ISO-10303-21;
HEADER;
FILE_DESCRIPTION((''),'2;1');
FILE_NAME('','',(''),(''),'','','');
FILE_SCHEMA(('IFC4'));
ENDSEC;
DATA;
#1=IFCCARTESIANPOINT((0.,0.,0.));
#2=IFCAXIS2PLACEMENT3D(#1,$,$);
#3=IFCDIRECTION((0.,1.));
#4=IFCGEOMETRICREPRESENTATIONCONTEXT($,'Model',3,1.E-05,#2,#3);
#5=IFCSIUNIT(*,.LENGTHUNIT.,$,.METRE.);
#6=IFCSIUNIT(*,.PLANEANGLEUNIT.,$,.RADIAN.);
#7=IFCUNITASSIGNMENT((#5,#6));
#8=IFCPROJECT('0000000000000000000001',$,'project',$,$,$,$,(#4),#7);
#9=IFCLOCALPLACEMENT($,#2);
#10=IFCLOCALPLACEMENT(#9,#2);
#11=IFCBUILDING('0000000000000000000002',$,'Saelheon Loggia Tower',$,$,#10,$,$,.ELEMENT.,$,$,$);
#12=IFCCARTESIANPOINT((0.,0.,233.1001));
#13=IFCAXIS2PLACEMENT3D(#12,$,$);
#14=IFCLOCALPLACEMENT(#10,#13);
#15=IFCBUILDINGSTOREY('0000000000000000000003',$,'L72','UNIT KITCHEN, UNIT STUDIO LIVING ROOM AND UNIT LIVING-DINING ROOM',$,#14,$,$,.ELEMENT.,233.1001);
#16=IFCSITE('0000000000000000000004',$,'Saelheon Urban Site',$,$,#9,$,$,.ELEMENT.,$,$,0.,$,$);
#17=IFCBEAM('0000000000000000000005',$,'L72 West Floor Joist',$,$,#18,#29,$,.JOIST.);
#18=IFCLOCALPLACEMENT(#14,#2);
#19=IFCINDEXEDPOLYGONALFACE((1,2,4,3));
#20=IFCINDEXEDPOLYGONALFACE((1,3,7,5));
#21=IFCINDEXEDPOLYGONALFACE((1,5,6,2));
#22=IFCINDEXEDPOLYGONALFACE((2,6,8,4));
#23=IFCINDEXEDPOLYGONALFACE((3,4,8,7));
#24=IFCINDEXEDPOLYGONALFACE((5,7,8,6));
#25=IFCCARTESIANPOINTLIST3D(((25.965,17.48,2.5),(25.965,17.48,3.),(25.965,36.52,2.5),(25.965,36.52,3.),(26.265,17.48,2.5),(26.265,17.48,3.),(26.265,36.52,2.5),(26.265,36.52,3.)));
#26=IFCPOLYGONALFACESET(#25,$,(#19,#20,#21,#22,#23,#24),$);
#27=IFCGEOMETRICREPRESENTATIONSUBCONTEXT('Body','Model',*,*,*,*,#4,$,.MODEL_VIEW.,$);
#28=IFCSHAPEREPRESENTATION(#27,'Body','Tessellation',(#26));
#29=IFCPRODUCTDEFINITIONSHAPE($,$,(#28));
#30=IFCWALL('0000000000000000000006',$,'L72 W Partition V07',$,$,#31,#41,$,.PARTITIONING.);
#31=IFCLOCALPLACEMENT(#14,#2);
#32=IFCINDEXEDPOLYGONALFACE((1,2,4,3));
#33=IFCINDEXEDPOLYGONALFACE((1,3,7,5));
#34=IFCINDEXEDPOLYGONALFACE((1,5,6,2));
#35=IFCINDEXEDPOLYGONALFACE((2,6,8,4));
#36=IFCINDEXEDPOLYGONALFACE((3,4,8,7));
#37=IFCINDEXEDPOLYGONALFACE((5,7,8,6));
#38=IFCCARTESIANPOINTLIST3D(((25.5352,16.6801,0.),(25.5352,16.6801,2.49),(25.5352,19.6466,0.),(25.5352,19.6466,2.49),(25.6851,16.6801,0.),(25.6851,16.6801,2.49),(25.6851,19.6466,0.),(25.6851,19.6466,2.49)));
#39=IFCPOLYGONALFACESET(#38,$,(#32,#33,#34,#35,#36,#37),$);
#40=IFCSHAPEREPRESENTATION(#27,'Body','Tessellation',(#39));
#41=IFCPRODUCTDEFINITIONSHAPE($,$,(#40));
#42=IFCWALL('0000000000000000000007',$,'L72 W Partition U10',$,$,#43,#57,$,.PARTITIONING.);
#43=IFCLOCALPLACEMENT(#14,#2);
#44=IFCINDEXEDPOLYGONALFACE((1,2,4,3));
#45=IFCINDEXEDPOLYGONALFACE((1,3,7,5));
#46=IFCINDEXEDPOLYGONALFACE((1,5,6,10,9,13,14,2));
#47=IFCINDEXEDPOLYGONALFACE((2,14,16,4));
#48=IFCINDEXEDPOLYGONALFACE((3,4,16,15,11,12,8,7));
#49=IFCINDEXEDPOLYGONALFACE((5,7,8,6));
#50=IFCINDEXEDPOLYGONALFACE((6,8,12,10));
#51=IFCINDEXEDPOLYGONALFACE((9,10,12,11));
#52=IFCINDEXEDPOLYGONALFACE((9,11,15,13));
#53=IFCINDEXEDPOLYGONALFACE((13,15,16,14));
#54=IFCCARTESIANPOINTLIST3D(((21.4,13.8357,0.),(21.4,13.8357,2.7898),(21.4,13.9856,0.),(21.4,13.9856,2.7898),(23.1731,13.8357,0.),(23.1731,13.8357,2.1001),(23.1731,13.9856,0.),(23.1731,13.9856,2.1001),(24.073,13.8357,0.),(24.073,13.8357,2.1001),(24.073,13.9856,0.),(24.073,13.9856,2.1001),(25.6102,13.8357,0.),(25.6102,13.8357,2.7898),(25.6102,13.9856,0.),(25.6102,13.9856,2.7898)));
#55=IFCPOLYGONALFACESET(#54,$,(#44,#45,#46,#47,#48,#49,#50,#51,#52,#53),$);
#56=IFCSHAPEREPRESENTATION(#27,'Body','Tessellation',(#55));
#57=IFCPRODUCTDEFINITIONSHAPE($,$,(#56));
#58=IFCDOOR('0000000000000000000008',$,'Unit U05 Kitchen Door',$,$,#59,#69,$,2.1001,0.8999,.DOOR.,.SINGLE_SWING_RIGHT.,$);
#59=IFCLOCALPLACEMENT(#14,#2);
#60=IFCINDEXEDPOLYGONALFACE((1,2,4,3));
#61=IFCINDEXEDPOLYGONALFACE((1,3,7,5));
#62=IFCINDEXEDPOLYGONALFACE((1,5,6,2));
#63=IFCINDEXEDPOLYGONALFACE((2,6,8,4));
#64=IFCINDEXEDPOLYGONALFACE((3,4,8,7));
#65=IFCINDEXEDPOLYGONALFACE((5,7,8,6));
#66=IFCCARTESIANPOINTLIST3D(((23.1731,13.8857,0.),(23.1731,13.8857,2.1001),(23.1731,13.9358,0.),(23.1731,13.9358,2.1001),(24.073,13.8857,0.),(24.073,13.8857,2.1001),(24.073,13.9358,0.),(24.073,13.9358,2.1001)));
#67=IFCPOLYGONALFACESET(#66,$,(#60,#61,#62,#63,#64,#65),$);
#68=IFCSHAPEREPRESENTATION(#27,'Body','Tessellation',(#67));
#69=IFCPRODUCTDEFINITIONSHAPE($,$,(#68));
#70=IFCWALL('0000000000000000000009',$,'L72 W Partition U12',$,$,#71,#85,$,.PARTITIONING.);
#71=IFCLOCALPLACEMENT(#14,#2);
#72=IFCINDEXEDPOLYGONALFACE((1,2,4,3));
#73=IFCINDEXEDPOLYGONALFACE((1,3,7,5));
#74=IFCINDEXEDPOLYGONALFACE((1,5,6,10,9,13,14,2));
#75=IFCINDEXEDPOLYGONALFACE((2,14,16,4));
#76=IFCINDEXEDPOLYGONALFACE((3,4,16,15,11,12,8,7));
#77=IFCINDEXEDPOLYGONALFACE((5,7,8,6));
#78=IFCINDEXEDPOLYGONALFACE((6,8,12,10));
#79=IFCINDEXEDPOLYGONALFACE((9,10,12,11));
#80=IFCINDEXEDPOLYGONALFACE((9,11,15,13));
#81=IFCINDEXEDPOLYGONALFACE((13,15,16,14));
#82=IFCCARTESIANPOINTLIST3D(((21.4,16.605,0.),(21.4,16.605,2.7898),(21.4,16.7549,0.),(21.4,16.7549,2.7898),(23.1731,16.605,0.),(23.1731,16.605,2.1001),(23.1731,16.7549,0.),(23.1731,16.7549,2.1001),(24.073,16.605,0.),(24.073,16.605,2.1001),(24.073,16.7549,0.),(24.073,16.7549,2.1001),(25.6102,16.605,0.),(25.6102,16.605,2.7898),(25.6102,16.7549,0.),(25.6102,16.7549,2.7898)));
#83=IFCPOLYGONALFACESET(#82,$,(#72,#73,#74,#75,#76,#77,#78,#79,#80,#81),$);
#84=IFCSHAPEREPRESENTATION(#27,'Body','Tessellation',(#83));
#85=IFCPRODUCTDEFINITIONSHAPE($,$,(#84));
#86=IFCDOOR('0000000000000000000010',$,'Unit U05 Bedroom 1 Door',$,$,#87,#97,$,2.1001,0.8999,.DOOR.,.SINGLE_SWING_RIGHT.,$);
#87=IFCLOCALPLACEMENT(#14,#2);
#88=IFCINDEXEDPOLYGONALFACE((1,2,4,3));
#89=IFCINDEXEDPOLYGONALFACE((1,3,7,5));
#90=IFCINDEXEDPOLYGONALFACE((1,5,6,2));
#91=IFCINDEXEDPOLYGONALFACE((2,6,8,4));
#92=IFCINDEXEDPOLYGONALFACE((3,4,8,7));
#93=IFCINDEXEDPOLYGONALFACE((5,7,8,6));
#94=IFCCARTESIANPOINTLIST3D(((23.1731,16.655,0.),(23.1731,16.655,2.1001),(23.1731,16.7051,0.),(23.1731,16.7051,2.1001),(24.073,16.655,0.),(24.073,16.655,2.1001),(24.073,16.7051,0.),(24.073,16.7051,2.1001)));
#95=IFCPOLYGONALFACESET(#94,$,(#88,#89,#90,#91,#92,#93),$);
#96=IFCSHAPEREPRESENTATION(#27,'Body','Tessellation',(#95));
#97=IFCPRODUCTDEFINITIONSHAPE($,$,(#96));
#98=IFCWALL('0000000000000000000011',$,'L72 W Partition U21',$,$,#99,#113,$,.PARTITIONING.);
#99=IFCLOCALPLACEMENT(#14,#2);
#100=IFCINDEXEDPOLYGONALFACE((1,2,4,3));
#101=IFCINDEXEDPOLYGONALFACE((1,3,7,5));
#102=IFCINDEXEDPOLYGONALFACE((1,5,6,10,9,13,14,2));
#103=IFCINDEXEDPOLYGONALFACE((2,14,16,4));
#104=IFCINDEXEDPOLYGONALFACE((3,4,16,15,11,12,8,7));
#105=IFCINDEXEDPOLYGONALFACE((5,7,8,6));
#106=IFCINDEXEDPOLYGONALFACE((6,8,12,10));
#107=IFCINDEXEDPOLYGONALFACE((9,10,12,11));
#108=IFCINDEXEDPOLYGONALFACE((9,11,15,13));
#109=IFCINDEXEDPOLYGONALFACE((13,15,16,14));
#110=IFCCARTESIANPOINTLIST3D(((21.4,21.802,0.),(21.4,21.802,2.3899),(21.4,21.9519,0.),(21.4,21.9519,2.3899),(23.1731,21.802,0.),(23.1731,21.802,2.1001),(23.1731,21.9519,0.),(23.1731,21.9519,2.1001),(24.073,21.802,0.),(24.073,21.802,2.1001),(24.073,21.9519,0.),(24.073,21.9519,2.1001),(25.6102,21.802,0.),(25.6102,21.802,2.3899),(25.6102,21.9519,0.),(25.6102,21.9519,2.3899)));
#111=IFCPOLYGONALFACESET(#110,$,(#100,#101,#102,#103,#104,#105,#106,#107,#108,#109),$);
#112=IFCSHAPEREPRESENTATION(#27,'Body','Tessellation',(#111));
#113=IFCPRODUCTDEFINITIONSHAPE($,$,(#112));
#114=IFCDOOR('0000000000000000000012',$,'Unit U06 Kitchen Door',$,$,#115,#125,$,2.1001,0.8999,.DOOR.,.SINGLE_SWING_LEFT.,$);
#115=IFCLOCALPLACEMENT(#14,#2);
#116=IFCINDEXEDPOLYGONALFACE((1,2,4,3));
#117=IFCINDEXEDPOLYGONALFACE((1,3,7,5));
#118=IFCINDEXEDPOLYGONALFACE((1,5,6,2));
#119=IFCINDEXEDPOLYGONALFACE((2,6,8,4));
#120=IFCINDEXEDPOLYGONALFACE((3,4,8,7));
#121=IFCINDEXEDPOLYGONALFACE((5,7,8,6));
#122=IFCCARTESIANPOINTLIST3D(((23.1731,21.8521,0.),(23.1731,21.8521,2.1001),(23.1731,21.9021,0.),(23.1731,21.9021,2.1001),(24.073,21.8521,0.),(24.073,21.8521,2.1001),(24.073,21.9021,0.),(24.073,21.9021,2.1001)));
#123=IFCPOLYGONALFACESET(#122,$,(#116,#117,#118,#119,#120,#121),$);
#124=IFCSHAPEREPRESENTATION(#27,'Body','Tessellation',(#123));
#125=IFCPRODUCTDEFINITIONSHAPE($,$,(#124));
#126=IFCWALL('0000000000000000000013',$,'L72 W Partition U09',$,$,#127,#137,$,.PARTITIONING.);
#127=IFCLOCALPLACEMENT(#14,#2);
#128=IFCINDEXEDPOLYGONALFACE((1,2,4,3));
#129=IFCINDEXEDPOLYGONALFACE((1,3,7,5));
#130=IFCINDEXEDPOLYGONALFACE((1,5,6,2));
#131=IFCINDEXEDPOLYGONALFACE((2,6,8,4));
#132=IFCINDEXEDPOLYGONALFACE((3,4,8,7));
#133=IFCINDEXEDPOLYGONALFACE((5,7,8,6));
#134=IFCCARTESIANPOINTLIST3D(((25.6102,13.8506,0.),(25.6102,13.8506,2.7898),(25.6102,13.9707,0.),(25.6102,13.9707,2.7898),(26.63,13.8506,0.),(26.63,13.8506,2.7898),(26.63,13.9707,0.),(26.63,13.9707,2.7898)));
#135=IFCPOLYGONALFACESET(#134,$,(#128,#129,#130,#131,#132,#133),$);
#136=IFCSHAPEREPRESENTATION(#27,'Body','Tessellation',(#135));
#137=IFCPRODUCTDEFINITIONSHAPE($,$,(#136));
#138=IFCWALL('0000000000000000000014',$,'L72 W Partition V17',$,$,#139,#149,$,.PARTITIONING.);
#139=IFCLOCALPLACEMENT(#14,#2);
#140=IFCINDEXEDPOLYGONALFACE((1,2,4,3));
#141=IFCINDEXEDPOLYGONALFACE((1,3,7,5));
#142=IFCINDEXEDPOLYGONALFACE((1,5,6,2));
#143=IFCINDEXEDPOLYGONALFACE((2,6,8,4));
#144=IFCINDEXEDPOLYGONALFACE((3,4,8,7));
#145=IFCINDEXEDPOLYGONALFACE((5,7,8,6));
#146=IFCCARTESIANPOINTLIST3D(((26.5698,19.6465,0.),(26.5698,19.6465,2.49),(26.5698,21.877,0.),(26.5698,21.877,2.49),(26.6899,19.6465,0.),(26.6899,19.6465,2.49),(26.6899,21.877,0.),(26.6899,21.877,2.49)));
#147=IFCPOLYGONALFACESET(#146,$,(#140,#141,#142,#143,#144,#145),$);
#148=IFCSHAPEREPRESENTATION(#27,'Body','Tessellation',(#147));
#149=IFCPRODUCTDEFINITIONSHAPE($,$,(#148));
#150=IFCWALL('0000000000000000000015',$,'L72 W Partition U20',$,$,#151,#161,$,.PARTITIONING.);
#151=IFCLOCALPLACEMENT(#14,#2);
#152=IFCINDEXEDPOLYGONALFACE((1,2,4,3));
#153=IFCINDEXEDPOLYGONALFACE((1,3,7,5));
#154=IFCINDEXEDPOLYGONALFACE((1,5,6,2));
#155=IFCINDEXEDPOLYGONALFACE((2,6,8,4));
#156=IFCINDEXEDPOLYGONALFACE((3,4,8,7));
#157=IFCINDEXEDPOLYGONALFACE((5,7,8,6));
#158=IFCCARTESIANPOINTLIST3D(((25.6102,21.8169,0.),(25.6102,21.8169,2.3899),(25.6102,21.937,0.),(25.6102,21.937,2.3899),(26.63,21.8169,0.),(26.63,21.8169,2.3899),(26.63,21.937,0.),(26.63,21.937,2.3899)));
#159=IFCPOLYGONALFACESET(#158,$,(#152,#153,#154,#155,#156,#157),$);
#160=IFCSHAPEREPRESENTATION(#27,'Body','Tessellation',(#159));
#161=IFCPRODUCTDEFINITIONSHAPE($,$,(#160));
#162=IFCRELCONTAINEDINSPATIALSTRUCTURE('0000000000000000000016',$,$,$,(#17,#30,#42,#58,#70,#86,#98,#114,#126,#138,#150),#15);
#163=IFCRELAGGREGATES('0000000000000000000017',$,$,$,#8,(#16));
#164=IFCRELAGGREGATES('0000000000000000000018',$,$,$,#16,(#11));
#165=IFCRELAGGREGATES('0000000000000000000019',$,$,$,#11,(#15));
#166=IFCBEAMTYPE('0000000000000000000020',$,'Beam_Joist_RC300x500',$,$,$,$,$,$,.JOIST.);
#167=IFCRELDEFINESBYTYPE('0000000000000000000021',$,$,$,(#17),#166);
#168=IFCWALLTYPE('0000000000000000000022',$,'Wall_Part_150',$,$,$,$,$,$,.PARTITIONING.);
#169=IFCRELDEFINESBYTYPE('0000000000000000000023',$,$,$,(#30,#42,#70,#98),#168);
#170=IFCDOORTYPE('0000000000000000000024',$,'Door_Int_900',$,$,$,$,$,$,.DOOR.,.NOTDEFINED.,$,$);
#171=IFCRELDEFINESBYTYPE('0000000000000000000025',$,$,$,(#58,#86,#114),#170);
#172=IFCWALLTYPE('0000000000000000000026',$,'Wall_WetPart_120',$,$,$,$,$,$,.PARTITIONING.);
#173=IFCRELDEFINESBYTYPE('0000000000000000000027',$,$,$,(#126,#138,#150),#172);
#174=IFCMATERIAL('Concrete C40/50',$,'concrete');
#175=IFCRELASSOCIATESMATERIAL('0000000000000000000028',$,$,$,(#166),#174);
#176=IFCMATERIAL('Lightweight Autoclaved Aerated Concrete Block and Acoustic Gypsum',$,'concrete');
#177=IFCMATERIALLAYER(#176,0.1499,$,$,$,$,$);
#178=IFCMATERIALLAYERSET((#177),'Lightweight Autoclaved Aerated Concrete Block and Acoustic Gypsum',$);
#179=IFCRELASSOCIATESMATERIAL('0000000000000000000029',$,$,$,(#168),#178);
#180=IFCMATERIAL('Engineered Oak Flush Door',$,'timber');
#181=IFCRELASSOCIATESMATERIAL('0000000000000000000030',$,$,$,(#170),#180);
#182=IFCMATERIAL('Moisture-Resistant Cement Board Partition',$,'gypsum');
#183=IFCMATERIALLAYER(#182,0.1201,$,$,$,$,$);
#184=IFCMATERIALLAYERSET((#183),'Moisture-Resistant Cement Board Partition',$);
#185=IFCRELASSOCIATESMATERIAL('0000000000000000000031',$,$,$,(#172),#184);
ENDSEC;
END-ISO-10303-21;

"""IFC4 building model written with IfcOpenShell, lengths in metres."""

from ifc_helpers import new_model, si_unit, direction, frame, frame_2d, origin, origin_2d, place, context, subcontext, project, spatial, rectangle, extrude, source, transform, mapped, material, layer, layer_set, material_profile, profile_set, type_object, element, fill, save


model = new_model("IFC4")

# Units and contexts
model_context = context("Model", 3, precision=1e-05, world=origin(), true_north=direction((0.0, 1.0)))
body_context = subcontext(model_context, "Body", "Model", "MODEL_VIEW")
ifc_project = project(units=[si_unit("LENGTHUNIT", "METRE"), si_unit("PLANEANGLEUNIT", "RADIAN")], contexts=[model_context])

# Site, building, storey
site_placement = place(None, origin())
site = spatial("IfcSite", under=ifc_project, at=site_placement, Name="Saelheon Urban Site", CompositionType="ELEMENT", RefElevation=0.0)
building_placement = place(site_placement, origin())
building = spatial("IfcBuilding", under=site, at=building_placement, Name="Saelheon Loggia Tower", CompositionType="ELEMENT")
storey_placement = place(building_placement, frame((0.0, 0.0, 233.1001)))
storey = spatial("IfcBuildingStorey", under=building, at=storey_placement, Name="L72", Description="UNIT KITCHEN, UNIT STUDIO LIVING ROOM AND UNIT LIVING-DINING ROOM", CompositionType="ELEMENT", Elevation=233.1001)

# Beam
ifc_material_1 = material(Name="Concrete C40/50", Category="concrete")
ifc_material_profile = material_profile(ifc_material_1, rectangle(XDim=0.3, YDim=0.5, at=origin_2d()), Name="RC-300x500")
ifc_profile_set = profile_set([ifc_material_profile], Name="Concrete C40/50")
beam_type = type_object("IfcBeamType", Name="Beam_Joist_RC300x500", PredefinedType="JOIST", material=ifc_profile_set)
shared_shape_1 = source(origin(), body_context, "Body", "SweptSolid", [
    extrude(rectangle(XDim=0.3, YDim=0.5, at=origin_2d()), origin(), (0.0, 0.0, 1.0), 19.04),
])
beam_placement = place(storey_placement, frame((26.115, 17.48, 2.75), z_axis=(0.0, 1.0, 0.0), x_axis=(-1.0, 0.0, 0.0)))
element("IfcBeam", 1, at=beam_placement, inside=storey, type_object=beam_type, Name="L72 West Floor Joist", PredefinedType="JOIST", context=body_context, shape_type="MappedRepresentation", body=[
    mapped(shared_shape_1, transform((0.0, 0.0, 0.0), scale=1.0)),
])

# Wall
ifc_material_2 = material(Name="Lightweight Autoclaved Aerated Concrete Block and Acoustic Gypsum", Category="concrete")
ifc_layer_1 = layer(ifc_material_2, 0.1499)
ifc_layer_set_1 = layer_set([ifc_layer_1], Name="Lightweight Autoclaved Aerated Concrete Block and Acoustic Gypsum")
wall_type_1 = type_object("IfcWallType", Name="Wall_Part_150", PredefinedType="PARTITIONING", material=ifc_layer_set_1)
wall_1_placement = place(storey_placement, frame((25.6101, 16.6799, 0.0), z_axis=(0.0, 0.0, 1.0), x_axis=(0.0, 1.0, 0.0)))
element("IfcWall", 2, at=wall_1_placement, inside=storey, type_object=wall_type_1, Name="L72 W Partition V07", PredefinedType="PARTITIONING", context=body_context, shape_type="SweptSolid", body=[
    extrude(rectangle(XDim=2.9666, YDim=0.1499, at=frame_2d((1.4834, 0.0))), origin(), (0.0, 0.0, 1.0), 2.49),
])

# Walls, openings, doors
wall_2_placement = place(storey_placement, frame((25.6101, 13.9106, 0.0), z_axis=(0.0, 0.0, 1.0), x_axis=(-1.0, 0.0, 0.0)))
wall_2 = element("IfcWall", 3, at=wall_2_placement, inside=storey, type_object=wall_type_1, Name="L72 W Partition U10", PredefinedType="PARTITIONING", context=body_context, shape_type="SweptSolid", body=[
    extrude(rectangle(XDim=4.2102, YDim=0.1499, at=frame_2d((2.105, 0.0))), origin(), (0.0, 0.0, 1.0), 2.7898),
])
opening_1_placement = place(wall_2_placement, frame((1.5371, 0.0, 0.0)))
opening_1 = element("IfcOpeningElement", 4, at=opening_1_placement, cuts=wall_2, PredefinedType="OPENING", context=body_context, shape_type="SweptSolid", body=[
    extrude(rectangle(XDim=0.8999, YDim=2.1001, at=frame_2d((0.45, 1.05))), frame((0.0, 0.0869, 0.0), z_axis=(0.0, -1.0, 0.0), x_axis=(1.0, 0.0, 0.0)), (0.0, 0.0, 1.0), 0.1738),
])
ifc_material_3 = material(Name="Engineered Oak Flush Door", Category="timber")
door_type = type_object("IfcDoorType", Name="Door_Int_900", OperationType="NOTDEFINED", PredefinedType="DOOR", material=ifc_material_3)
shared_shape_2 = source(origin(), body_context, "Body", "SweptSolid", [
    extrude(rectangle(XDim=0.8999, YDim=2.1001, at=frame_2d((0.45, 1.05))), frame((0.0, 0.0249, 0.0), z_axis=(0.0, -1.0, 0.0), x_axis=(1.0, 0.0, 0.0)), (0.0, 0.0, 1.0), 0.05),
])
door_1_placement = place(opening_1_placement, origin())
door_1 = element("IfcDoor", 5, at=door_1_placement, inside=storey, type_object=door_type, Name="Unit U05 Kitchen Door", OperationType="SINGLE_SWING_RIGHT", OverallHeight=2.1001, OverallWidth=0.8999, PredefinedType="DOOR", context=body_context, shape_type="MappedRepresentation", body=[
    mapped(shared_shape_2, transform((0.0, 0.0, 0.0), scale=1.0)),
])
fill(opening_1, door_1)
wall_3_placement = place(storey_placement, frame((25.6101, 16.6799, 0.0), z_axis=(0.0, 0.0, 1.0), x_axis=(-1.0, 0.0, 0.0)))
wall_3 = element("IfcWall", 6, at=wall_3_placement, inside=storey, type_object=wall_type_1, Name="L72 W Partition U12", PredefinedType="PARTITIONING", context=body_context, shape_type="SweptSolid", body=[
    extrude(rectangle(XDim=4.2102, YDim=0.1499, at=frame_2d((2.105, 0.0))), origin(), (0.0, 0.0, 1.0), 2.7898),
])
opening_2_placement = place(wall_3_placement, frame((1.5371, 0.0, 0.0)))
opening_2 = element("IfcOpeningElement", 7, at=opening_2_placement, cuts=wall_3, PredefinedType="OPENING", context=body_context, shape_type="SweptSolid", body=[
    extrude(rectangle(XDim=0.8999, YDim=2.1001, at=frame_2d((0.45, 1.05))), frame((0.0, 0.0869, 0.0), z_axis=(0.0, -1.0, 0.0), x_axis=(1.0, 0.0, 0.0)), (0.0, 0.0, 1.0), 0.1738),
])
door_2_placement = place(opening_2_placement, origin())
door_2 = element("IfcDoor", 8, at=door_2_placement, inside=storey, type_object=door_type, Name="Unit U05 Bedroom 1 Door", OperationType="SINGLE_SWING_RIGHT", OverallHeight=2.1001, OverallWidth=0.8999, PredefinedType="DOOR", context=body_context, shape_type="MappedRepresentation", body=[
    mapped(shared_shape_2, transform((0.0, 0.0, 0.0), scale=1.0)),
])
fill(opening_2, door_2)
wall_4_placement = place(storey_placement, frame((25.6101, 21.877, 0.0), z_axis=(0.0, 0.0, 1.0), x_axis=(-1.0, 0.0, 0.0)))
wall_4 = element("IfcWall", 9, at=wall_4_placement, inside=storey, type_object=wall_type_1, Name="L72 W Partition U21", PredefinedType="PARTITIONING", context=body_context, shape_type="SweptSolid", body=[
    extrude(rectangle(XDim=4.2102, YDim=0.1499, at=frame_2d((2.105, 0.0))), origin(), (0.0, 0.0, 1.0), 2.3899),
])
opening_3_placement = place(wall_4_placement, frame((1.5371, 0.0, 0.0)))
opening_3 = element("IfcOpeningElement", 10, at=opening_3_placement, cuts=wall_4, PredefinedType="OPENING", context=body_context, shape_type="SweptSolid", body=[
    extrude(rectangle(XDim=0.8999, YDim=2.1001, at=frame_2d((0.45, 1.05))), frame((0.0, 0.0869, 0.0), z_axis=(0.0, -1.0, 0.0), x_axis=(1.0, 0.0, 0.0)), (0.0, 0.0, 1.0), 0.1738),
])
door_3_placement = place(opening_3_placement, origin())
door_3 = element("IfcDoor", 11, at=door_3_placement, inside=storey, type_object=door_type, Name="Unit U06 Kitchen Door", OperationType="SINGLE_SWING_LEFT", OverallHeight=2.1001, OverallWidth=0.8999, PredefinedType="DOOR", context=body_context, shape_type="MappedRepresentation", body=[
    mapped(shared_shape_2, transform((0.0, 0.0, 0.0), scale=1.0)),
])
fill(opening_3, door_3)

# Walls
ifc_material_4 = material(Name="Moisture-Resistant Cement Board Partition", Category="gypsum")
ifc_layer_2 = layer(ifc_material_4, 0.1201)
ifc_layer_set_2 = layer_set([ifc_layer_2], Name="Moisture-Resistant Cement Board Partition")
wall_type_2 = type_object("IfcWallType", Name="Wall_WetPart_120", PredefinedType="PARTITIONING", material=ifc_layer_set_2)
wall_5_placement = place(storey_placement, frame((26.6299, 13.9106, 0.0), z_axis=(0.0, 0.0, 1.0), x_axis=(-1.0, 0.0, 0.0)))
element("IfcWall", 12, at=wall_5_placement, inside=storey, type_object=wall_type_2, Name="L72 W Partition U09", PredefinedType="PARTITIONING", context=body_context, shape_type="SweptSolid", body=[
    extrude(rectangle(XDim=1.0198, YDim=0.1201, at=frame_2d((0.5098, 0.0))), origin(), (0.0, 0.0, 1.0), 2.7898),
])
wall_6_placement = place(storey_placement, frame((26.6299, 19.6465, 0.0), z_axis=(0.0, 0.0, 1.0), x_axis=(0.0, 1.0, 0.0)))
element("IfcWall", 13, at=wall_6_placement, inside=storey, type_object=wall_type_2, Name="L72 W Partition V17", PredefinedType="PARTITIONING", context=body_context, shape_type="SweptSolid", body=[
    extrude(rectangle(XDim=2.2305, YDim=0.1201, at=frame_2d((1.1152, 0.0))), origin(), (0.0, 0.0, 1.0), 2.49),
])
wall_7_placement = place(storey_placement, frame((26.6299, 21.877, 0.0), z_axis=(0.0, 0.0, 1.0), x_axis=(-1.0, 0.0, 0.0)))
element("IfcWall", 14, at=wall_7_placement, inside=storey, type_object=wall_type_2, Name="L72 W Partition U20", PredefinedType="PARTITIONING", context=body_context, shape_type="SweptSolid", body=[
    extrude(rectangle(XDim=1.0198, YDim=0.1201, at=frame_2d((0.5098, 0.0))), origin(), (0.0, 0.0, 1.0), 2.3899),
])

save(model, "model.ifc")
